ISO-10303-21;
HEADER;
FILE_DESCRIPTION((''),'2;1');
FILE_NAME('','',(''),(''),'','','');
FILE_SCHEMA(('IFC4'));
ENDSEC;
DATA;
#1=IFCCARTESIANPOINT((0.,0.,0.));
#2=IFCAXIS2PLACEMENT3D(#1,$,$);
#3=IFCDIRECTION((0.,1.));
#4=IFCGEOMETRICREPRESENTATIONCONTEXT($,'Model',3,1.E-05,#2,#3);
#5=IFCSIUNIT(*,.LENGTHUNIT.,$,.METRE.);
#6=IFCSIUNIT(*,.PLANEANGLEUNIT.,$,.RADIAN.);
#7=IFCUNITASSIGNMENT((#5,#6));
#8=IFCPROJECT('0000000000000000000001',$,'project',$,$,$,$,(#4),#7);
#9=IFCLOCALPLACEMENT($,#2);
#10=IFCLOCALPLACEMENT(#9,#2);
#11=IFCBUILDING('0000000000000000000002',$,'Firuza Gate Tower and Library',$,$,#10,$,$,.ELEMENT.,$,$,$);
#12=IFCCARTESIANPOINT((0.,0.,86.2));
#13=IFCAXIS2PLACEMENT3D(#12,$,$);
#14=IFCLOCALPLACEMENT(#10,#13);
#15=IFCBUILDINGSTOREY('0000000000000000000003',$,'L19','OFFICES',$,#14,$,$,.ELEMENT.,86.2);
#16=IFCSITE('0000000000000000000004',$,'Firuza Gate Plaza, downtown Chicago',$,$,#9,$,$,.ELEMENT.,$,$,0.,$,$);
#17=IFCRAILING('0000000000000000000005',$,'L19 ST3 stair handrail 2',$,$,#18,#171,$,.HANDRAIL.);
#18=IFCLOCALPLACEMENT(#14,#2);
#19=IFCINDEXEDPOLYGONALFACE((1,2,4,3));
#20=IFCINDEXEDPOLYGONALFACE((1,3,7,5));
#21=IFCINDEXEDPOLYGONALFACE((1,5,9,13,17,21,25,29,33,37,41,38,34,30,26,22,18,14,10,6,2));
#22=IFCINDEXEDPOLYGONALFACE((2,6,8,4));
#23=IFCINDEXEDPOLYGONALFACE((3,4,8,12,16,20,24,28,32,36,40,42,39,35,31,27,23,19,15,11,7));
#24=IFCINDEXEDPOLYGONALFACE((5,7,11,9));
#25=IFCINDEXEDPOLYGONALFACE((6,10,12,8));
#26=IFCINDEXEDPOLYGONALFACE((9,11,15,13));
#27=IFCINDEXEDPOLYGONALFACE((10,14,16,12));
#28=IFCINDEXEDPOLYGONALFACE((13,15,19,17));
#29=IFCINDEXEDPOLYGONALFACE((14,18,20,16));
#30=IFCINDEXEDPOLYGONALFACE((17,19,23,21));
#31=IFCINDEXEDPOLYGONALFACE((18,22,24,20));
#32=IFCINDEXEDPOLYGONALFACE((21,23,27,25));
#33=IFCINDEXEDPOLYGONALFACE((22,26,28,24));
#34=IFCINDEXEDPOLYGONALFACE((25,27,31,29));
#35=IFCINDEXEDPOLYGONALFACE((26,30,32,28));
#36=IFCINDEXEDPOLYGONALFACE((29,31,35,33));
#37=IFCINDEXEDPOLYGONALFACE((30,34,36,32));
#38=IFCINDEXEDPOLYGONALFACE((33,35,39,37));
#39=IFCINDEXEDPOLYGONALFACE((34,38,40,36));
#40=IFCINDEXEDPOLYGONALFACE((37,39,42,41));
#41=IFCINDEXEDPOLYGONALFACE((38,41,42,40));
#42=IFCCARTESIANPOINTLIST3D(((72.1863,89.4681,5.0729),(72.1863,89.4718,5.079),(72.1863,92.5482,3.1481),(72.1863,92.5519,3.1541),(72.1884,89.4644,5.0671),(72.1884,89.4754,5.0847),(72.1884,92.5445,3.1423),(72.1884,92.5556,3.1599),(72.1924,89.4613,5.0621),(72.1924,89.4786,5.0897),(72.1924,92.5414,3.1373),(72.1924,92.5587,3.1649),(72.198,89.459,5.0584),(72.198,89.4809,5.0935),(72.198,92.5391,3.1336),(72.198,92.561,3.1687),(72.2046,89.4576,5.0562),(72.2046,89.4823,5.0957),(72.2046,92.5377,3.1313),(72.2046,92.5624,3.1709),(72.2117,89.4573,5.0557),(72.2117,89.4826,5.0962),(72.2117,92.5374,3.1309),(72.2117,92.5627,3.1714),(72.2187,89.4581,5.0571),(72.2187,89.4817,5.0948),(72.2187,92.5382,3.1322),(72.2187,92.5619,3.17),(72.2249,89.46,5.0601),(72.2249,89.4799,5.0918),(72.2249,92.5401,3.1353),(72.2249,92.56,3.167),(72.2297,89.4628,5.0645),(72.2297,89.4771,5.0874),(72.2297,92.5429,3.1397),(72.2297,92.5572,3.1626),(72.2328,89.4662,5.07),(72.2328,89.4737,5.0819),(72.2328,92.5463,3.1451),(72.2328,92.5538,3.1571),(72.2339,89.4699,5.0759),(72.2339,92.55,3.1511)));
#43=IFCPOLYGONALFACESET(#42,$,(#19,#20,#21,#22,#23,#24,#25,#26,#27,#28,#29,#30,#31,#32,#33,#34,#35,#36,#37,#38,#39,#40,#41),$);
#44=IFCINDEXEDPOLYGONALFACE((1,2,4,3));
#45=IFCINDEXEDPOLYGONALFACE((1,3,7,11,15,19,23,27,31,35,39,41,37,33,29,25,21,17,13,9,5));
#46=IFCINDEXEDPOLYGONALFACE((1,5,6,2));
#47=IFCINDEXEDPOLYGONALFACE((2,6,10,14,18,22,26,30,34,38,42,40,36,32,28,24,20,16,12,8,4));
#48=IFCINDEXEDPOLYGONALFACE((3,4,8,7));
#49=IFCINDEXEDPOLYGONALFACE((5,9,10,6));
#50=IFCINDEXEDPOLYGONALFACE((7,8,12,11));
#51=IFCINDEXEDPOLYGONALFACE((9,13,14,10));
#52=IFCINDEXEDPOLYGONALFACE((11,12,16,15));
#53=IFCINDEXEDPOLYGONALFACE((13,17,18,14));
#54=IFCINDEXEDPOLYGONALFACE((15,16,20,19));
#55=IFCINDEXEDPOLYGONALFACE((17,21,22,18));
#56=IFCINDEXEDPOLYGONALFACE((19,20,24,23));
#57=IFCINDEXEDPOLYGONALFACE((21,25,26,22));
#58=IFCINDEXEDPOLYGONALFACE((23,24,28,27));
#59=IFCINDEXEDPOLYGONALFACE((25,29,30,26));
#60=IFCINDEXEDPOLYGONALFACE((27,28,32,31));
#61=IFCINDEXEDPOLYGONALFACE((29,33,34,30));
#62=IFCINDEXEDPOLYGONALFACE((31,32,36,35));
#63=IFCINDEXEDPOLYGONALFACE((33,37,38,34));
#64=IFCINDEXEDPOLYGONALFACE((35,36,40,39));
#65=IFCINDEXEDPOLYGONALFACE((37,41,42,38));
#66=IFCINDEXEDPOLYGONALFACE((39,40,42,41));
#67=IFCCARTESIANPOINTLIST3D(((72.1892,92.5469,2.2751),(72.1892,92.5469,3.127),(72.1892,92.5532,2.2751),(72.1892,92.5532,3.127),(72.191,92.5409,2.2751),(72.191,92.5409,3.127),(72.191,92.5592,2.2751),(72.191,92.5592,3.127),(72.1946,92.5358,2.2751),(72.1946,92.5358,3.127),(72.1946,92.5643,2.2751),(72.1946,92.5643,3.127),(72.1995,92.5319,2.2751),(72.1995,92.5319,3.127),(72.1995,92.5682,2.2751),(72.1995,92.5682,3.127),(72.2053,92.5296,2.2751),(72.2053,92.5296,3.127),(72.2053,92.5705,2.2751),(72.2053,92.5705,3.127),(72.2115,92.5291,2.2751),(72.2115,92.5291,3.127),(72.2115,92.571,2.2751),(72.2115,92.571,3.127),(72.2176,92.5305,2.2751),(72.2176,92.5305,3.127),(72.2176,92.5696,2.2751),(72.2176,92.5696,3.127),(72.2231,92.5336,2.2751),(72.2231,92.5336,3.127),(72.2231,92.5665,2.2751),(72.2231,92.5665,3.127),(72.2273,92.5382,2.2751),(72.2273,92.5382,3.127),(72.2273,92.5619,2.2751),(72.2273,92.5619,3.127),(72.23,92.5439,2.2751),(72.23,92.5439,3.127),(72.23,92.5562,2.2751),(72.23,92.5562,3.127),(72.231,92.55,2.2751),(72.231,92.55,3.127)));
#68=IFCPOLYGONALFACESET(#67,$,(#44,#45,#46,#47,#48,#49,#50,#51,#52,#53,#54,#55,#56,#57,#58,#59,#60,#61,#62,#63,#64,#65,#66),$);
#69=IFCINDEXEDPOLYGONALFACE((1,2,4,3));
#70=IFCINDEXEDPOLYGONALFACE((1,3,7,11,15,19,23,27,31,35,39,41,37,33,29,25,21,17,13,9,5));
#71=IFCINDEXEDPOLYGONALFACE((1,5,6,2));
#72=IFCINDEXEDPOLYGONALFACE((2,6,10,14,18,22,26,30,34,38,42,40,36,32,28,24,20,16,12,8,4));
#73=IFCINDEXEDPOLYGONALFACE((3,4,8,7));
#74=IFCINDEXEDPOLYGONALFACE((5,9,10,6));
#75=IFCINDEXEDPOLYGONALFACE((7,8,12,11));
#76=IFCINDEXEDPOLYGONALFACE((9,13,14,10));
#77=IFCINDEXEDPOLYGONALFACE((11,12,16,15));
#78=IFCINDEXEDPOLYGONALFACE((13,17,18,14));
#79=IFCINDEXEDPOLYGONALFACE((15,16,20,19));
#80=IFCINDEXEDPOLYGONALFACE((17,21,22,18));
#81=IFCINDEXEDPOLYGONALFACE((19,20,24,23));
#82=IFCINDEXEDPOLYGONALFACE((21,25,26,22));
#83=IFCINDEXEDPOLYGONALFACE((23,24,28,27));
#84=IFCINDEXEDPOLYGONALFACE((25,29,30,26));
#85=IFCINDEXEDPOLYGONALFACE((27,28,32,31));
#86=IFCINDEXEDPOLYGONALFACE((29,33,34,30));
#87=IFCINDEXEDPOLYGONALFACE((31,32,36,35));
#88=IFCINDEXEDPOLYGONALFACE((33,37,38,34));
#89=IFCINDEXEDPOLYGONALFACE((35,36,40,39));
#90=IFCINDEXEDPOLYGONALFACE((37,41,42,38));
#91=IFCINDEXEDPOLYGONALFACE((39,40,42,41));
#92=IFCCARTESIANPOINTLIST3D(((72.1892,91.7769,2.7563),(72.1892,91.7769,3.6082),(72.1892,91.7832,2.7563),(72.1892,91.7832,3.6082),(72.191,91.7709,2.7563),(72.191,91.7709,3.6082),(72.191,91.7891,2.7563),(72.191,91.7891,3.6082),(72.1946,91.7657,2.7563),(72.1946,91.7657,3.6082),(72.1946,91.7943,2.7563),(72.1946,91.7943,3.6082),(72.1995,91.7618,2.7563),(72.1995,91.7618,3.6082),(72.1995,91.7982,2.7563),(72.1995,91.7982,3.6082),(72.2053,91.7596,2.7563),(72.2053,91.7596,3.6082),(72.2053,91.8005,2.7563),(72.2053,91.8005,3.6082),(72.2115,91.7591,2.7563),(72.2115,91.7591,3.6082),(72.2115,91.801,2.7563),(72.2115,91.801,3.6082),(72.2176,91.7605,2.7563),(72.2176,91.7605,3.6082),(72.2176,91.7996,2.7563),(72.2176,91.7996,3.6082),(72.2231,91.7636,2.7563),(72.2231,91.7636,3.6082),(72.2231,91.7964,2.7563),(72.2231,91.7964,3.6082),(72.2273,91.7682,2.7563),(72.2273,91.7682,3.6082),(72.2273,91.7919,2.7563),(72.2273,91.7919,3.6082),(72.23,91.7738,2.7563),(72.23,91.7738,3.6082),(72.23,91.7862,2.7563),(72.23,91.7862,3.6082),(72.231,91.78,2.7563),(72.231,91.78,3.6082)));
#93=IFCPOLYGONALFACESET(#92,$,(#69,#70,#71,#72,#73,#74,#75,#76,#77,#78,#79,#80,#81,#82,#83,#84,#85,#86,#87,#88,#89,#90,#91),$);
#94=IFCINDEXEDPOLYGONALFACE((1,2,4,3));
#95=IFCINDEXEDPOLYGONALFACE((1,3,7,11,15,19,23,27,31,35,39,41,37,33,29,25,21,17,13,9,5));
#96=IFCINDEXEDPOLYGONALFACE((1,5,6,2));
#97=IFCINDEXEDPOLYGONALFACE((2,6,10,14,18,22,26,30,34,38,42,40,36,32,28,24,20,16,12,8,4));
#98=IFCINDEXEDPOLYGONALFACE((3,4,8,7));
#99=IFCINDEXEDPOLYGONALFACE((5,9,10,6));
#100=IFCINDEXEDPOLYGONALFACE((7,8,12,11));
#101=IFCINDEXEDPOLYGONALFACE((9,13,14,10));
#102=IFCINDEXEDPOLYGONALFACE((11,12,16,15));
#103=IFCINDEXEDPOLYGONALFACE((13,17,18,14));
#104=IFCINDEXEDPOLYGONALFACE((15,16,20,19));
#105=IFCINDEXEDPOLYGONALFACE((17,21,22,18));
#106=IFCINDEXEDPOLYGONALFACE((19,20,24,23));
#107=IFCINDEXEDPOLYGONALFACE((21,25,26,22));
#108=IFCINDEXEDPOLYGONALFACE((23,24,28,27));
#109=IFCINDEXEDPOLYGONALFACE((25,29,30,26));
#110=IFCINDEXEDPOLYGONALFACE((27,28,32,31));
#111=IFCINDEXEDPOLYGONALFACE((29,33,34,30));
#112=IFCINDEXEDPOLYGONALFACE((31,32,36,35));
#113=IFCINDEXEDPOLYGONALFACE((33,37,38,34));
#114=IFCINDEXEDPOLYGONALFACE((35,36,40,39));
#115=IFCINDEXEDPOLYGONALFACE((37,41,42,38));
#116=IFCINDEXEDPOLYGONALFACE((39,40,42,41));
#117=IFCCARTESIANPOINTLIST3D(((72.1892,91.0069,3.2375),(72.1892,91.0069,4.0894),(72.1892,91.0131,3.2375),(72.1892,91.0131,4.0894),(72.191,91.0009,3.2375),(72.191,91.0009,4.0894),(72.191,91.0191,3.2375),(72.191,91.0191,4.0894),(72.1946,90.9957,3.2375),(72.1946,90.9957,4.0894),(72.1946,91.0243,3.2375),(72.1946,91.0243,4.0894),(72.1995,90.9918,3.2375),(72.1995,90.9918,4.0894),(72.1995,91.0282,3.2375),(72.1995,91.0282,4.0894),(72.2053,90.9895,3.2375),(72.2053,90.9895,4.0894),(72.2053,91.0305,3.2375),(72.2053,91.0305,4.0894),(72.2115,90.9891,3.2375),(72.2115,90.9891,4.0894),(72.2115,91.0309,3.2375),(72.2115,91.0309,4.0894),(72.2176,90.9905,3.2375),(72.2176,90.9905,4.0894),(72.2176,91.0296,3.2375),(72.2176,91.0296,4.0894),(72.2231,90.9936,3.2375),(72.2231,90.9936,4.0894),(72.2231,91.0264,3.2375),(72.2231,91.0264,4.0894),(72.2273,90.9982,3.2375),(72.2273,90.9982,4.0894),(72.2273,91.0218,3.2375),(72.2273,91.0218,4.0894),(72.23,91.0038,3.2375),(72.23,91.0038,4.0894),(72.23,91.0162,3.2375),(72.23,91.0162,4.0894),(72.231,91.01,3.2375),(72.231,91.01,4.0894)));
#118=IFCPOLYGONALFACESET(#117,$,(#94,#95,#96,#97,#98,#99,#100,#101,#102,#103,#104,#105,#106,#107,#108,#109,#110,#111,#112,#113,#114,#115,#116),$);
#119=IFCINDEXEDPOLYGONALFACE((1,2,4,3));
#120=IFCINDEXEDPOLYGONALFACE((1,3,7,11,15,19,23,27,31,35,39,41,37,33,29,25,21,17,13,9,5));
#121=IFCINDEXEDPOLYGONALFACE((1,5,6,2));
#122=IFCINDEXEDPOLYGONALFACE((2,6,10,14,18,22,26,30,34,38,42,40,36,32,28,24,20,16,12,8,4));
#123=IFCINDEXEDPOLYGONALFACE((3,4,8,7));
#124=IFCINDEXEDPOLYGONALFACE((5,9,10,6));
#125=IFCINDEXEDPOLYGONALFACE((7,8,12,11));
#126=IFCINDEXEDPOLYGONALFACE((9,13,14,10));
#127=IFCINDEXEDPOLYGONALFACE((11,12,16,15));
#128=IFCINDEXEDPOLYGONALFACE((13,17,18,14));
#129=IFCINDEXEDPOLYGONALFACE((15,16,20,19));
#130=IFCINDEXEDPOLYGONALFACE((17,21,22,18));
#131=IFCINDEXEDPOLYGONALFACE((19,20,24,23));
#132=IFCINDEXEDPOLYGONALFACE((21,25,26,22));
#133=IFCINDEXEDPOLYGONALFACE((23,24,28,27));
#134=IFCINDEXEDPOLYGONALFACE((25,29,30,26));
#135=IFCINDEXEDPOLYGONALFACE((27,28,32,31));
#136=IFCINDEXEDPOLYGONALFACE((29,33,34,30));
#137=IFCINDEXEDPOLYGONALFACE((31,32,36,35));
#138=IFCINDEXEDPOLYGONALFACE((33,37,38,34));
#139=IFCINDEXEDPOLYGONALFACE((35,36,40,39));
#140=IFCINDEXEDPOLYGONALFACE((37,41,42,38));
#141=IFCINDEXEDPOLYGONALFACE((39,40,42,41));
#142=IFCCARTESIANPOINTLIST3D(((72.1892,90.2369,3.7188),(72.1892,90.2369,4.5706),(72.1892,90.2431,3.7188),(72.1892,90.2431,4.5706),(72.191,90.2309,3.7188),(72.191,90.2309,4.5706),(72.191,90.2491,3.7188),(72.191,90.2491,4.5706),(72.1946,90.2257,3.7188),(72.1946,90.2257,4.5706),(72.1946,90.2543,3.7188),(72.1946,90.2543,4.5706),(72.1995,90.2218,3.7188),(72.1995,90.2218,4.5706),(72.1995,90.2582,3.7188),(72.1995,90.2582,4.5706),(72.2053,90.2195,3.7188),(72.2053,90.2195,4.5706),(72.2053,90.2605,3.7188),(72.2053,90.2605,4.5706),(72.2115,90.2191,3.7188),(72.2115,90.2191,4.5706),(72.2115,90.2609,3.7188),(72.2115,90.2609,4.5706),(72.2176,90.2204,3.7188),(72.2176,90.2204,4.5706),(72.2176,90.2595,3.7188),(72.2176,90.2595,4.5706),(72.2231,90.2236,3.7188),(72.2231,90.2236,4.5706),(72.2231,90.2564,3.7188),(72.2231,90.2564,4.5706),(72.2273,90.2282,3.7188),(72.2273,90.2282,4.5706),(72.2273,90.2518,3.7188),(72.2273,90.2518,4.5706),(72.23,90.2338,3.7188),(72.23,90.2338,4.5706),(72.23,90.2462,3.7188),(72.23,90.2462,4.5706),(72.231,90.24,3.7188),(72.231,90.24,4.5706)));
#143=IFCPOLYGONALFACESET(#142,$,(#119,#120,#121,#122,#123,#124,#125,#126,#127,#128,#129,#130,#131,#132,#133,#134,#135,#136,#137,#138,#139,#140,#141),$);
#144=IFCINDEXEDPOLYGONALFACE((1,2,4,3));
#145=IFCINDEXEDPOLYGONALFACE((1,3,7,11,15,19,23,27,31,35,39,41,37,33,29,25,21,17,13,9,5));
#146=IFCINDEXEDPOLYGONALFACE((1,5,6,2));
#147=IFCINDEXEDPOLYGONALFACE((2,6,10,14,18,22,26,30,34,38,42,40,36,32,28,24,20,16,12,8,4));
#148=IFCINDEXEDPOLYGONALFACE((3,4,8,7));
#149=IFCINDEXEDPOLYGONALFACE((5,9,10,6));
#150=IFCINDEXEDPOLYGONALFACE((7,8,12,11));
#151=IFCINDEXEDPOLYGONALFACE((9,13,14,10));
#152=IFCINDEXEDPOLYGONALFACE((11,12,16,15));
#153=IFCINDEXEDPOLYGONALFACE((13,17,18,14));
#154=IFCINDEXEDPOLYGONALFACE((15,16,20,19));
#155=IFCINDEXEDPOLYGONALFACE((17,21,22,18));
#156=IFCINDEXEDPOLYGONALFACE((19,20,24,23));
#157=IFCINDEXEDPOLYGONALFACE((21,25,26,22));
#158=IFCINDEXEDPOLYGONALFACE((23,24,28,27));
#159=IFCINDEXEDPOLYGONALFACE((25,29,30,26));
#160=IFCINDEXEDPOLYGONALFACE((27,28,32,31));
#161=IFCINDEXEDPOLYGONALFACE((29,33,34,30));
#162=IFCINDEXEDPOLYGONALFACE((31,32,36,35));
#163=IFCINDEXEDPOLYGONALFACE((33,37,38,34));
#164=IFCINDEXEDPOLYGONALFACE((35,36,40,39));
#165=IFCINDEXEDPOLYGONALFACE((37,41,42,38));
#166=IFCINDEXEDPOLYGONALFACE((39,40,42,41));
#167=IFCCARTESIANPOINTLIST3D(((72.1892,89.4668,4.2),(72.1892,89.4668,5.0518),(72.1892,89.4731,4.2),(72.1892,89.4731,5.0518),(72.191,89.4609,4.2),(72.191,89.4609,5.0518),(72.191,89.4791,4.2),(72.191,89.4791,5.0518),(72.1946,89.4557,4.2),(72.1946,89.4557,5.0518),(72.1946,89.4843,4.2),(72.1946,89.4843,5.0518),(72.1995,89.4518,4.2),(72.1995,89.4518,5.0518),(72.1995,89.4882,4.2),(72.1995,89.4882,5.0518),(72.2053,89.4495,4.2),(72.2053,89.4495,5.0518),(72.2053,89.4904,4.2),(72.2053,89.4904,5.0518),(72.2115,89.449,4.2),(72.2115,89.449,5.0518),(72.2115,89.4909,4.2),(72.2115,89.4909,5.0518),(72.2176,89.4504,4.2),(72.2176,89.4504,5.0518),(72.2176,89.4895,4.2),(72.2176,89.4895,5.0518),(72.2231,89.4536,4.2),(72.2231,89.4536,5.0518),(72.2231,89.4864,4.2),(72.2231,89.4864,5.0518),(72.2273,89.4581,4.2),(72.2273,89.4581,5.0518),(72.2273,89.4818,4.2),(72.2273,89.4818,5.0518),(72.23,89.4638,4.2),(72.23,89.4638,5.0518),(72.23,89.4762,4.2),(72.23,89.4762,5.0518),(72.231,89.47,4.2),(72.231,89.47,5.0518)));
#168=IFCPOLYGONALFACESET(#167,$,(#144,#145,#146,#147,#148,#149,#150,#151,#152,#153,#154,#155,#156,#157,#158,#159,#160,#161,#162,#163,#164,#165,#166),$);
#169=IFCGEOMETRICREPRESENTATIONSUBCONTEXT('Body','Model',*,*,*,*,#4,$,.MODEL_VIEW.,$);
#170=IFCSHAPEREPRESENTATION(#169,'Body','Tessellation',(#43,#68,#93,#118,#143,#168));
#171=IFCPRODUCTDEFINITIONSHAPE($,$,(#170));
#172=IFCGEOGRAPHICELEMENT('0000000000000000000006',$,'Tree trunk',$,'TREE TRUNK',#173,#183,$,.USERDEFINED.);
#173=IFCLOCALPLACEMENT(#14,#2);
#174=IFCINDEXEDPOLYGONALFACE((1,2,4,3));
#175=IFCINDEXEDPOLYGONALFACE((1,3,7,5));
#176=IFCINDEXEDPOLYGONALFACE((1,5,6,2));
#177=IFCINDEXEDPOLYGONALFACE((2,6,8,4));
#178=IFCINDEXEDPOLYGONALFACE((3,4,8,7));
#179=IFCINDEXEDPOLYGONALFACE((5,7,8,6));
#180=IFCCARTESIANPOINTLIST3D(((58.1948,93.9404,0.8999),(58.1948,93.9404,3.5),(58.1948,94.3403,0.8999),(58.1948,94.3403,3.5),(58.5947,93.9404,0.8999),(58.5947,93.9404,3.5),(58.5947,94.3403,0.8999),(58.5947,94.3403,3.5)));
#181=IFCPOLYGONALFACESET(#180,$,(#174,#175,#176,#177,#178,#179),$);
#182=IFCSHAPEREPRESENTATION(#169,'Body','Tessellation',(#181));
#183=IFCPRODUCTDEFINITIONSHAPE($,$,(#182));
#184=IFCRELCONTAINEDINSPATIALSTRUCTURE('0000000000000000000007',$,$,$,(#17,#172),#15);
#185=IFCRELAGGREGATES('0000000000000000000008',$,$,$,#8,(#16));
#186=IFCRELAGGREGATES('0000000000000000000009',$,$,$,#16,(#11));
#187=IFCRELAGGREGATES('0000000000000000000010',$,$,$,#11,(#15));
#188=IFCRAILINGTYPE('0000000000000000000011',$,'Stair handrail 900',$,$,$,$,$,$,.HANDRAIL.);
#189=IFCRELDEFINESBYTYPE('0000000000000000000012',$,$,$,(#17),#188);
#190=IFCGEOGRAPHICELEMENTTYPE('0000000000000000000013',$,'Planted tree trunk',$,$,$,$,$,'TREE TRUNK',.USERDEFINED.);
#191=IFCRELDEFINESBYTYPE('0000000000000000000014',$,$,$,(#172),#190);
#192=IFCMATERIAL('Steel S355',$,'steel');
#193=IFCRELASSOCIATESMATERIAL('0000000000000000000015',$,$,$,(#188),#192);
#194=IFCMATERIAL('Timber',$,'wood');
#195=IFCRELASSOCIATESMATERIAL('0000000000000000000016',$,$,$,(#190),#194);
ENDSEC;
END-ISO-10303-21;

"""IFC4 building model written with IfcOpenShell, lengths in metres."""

from ifc_helpers import new_model, si_unit, direction, frame, origin, origin_2d, place, context, subcontext, project, spatial, rectangle, circle, extrude, material, type_object, element, save


model = new_model("IFC4")

# Units and contexts
model_context = context("Model", 3, precision=1e-05, world=origin(), true_north=direction((0.0, 1.0)))
body_context = subcontext(model_context, "Body", "Model", "MODEL_VIEW")
ifc_project = project(units=[si_unit("LENGTHUNIT", "METRE"), si_unit("PLANEANGLEUNIT", "RADIAN")], contexts=[model_context])

# Site, building, storey
site_placement = place(None, origin())
site = spatial("IfcSite", under=ifc_project, at=site_placement, Name="Firuza Gate Plaza, downtown Chicago", CompositionType="ELEMENT", RefElevation=0.0)
building_placement = place(site_placement, origin())
building = spatial("IfcBuilding", under=site, at=building_placement, Name="Firuza Gate Tower and Library", CompositionType="ELEMENT")
storey_placement = place(building_placement, frame((0.0, 0.0, 86.2)))
storey = spatial("IfcBuildingStorey", under=building, at=storey_placement, Name="L19", Description="OFFICES", CompositionType="ELEMENT", Elevation=86.2)

# Railing
ifc_material_1 = material(Name="Steel S355", Category="steel")
railing_type_1 = type_object("IfcRailingType", Name="Stair handrail 900", PredefinedType="HANDRAIL", material=ifc_material_1)
railing_1_placement = place(storey_placement, frame((72.21, 92.55, 2.2751)))
element("IfcRailing", 1, at=railing_1_placement, inside=storey, type_object=railing_type_1, Name="L19 ST3 stair handrail 2", PredefinedType="HANDRAIL", context=body_context, shape_type="SweptSolid", body=[
    extrude(circle(Radius=0.0239, at=origin_2d()), frame((0.0, 0.0, 0.876), z_axis=(0.0, -0.848029, 0.529951), x_axis=(1.0, 0.0, 0.0)), (0.0, 0.0, 1.0), 3.6321),
    extrude(circle(Radius=0.021, at=origin_2d()), origin(), (0.0, 0.0, 1.0), 0.8518),
    extrude(circle(Radius=0.021, at=origin_2d()), frame((0.0, -0.77, 0.4812)), (0.0, 0.0, 1.0), 0.8518),
    extrude(circle(Radius=0.021, at=origin_2d()), frame((0.0, -1.54, 0.9624)), (0.0, 0.0, 1.0), 0.8518),
    extrude(circle(Radius=0.021, at=origin_2d()), frame((0.0, -2.3101, 1.4436)), (0.0, 0.0, 1.0), 0.8518),
    extrude(circle(Radius=0.021, at=origin_2d()), frame((0.0, -3.0801, 1.9248)), (0.0, 0.0, 1.0), 0.8518),
])

# Geographic element
ifc_material_2 = material(Name="Timber", Category="wood")
geographic_element_type = type_object("IfcGeographicElementType", Name="Planted tree trunk", ElementType="TREE TRUNK", PredefinedType="USERDEFINED", material=ifc_material_2)
geographic_element_placement = place(storey_placement, frame((58.3948, 94.1404, 0.8999), z_axis=(0.0, 0.0, 1.0), x_axis=(1.0, 0.0, 0.0)))
element("IfcGeographicElement", 2, at=geographic_element_placement, inside=storey, type_object=geographic_element_type, Name="Tree trunk", ObjectType="TREE TRUNK", PredefinedType="USERDEFINED", context=body_context, shape_type="SweptSolid", body=[
    extrude(rectangle(XDim=0.3999, YDim=0.3999, at=origin_2d()), origin(), (0.0, 0.0, 1.0), 2.6001),
])

save(model, "model.ifc")
